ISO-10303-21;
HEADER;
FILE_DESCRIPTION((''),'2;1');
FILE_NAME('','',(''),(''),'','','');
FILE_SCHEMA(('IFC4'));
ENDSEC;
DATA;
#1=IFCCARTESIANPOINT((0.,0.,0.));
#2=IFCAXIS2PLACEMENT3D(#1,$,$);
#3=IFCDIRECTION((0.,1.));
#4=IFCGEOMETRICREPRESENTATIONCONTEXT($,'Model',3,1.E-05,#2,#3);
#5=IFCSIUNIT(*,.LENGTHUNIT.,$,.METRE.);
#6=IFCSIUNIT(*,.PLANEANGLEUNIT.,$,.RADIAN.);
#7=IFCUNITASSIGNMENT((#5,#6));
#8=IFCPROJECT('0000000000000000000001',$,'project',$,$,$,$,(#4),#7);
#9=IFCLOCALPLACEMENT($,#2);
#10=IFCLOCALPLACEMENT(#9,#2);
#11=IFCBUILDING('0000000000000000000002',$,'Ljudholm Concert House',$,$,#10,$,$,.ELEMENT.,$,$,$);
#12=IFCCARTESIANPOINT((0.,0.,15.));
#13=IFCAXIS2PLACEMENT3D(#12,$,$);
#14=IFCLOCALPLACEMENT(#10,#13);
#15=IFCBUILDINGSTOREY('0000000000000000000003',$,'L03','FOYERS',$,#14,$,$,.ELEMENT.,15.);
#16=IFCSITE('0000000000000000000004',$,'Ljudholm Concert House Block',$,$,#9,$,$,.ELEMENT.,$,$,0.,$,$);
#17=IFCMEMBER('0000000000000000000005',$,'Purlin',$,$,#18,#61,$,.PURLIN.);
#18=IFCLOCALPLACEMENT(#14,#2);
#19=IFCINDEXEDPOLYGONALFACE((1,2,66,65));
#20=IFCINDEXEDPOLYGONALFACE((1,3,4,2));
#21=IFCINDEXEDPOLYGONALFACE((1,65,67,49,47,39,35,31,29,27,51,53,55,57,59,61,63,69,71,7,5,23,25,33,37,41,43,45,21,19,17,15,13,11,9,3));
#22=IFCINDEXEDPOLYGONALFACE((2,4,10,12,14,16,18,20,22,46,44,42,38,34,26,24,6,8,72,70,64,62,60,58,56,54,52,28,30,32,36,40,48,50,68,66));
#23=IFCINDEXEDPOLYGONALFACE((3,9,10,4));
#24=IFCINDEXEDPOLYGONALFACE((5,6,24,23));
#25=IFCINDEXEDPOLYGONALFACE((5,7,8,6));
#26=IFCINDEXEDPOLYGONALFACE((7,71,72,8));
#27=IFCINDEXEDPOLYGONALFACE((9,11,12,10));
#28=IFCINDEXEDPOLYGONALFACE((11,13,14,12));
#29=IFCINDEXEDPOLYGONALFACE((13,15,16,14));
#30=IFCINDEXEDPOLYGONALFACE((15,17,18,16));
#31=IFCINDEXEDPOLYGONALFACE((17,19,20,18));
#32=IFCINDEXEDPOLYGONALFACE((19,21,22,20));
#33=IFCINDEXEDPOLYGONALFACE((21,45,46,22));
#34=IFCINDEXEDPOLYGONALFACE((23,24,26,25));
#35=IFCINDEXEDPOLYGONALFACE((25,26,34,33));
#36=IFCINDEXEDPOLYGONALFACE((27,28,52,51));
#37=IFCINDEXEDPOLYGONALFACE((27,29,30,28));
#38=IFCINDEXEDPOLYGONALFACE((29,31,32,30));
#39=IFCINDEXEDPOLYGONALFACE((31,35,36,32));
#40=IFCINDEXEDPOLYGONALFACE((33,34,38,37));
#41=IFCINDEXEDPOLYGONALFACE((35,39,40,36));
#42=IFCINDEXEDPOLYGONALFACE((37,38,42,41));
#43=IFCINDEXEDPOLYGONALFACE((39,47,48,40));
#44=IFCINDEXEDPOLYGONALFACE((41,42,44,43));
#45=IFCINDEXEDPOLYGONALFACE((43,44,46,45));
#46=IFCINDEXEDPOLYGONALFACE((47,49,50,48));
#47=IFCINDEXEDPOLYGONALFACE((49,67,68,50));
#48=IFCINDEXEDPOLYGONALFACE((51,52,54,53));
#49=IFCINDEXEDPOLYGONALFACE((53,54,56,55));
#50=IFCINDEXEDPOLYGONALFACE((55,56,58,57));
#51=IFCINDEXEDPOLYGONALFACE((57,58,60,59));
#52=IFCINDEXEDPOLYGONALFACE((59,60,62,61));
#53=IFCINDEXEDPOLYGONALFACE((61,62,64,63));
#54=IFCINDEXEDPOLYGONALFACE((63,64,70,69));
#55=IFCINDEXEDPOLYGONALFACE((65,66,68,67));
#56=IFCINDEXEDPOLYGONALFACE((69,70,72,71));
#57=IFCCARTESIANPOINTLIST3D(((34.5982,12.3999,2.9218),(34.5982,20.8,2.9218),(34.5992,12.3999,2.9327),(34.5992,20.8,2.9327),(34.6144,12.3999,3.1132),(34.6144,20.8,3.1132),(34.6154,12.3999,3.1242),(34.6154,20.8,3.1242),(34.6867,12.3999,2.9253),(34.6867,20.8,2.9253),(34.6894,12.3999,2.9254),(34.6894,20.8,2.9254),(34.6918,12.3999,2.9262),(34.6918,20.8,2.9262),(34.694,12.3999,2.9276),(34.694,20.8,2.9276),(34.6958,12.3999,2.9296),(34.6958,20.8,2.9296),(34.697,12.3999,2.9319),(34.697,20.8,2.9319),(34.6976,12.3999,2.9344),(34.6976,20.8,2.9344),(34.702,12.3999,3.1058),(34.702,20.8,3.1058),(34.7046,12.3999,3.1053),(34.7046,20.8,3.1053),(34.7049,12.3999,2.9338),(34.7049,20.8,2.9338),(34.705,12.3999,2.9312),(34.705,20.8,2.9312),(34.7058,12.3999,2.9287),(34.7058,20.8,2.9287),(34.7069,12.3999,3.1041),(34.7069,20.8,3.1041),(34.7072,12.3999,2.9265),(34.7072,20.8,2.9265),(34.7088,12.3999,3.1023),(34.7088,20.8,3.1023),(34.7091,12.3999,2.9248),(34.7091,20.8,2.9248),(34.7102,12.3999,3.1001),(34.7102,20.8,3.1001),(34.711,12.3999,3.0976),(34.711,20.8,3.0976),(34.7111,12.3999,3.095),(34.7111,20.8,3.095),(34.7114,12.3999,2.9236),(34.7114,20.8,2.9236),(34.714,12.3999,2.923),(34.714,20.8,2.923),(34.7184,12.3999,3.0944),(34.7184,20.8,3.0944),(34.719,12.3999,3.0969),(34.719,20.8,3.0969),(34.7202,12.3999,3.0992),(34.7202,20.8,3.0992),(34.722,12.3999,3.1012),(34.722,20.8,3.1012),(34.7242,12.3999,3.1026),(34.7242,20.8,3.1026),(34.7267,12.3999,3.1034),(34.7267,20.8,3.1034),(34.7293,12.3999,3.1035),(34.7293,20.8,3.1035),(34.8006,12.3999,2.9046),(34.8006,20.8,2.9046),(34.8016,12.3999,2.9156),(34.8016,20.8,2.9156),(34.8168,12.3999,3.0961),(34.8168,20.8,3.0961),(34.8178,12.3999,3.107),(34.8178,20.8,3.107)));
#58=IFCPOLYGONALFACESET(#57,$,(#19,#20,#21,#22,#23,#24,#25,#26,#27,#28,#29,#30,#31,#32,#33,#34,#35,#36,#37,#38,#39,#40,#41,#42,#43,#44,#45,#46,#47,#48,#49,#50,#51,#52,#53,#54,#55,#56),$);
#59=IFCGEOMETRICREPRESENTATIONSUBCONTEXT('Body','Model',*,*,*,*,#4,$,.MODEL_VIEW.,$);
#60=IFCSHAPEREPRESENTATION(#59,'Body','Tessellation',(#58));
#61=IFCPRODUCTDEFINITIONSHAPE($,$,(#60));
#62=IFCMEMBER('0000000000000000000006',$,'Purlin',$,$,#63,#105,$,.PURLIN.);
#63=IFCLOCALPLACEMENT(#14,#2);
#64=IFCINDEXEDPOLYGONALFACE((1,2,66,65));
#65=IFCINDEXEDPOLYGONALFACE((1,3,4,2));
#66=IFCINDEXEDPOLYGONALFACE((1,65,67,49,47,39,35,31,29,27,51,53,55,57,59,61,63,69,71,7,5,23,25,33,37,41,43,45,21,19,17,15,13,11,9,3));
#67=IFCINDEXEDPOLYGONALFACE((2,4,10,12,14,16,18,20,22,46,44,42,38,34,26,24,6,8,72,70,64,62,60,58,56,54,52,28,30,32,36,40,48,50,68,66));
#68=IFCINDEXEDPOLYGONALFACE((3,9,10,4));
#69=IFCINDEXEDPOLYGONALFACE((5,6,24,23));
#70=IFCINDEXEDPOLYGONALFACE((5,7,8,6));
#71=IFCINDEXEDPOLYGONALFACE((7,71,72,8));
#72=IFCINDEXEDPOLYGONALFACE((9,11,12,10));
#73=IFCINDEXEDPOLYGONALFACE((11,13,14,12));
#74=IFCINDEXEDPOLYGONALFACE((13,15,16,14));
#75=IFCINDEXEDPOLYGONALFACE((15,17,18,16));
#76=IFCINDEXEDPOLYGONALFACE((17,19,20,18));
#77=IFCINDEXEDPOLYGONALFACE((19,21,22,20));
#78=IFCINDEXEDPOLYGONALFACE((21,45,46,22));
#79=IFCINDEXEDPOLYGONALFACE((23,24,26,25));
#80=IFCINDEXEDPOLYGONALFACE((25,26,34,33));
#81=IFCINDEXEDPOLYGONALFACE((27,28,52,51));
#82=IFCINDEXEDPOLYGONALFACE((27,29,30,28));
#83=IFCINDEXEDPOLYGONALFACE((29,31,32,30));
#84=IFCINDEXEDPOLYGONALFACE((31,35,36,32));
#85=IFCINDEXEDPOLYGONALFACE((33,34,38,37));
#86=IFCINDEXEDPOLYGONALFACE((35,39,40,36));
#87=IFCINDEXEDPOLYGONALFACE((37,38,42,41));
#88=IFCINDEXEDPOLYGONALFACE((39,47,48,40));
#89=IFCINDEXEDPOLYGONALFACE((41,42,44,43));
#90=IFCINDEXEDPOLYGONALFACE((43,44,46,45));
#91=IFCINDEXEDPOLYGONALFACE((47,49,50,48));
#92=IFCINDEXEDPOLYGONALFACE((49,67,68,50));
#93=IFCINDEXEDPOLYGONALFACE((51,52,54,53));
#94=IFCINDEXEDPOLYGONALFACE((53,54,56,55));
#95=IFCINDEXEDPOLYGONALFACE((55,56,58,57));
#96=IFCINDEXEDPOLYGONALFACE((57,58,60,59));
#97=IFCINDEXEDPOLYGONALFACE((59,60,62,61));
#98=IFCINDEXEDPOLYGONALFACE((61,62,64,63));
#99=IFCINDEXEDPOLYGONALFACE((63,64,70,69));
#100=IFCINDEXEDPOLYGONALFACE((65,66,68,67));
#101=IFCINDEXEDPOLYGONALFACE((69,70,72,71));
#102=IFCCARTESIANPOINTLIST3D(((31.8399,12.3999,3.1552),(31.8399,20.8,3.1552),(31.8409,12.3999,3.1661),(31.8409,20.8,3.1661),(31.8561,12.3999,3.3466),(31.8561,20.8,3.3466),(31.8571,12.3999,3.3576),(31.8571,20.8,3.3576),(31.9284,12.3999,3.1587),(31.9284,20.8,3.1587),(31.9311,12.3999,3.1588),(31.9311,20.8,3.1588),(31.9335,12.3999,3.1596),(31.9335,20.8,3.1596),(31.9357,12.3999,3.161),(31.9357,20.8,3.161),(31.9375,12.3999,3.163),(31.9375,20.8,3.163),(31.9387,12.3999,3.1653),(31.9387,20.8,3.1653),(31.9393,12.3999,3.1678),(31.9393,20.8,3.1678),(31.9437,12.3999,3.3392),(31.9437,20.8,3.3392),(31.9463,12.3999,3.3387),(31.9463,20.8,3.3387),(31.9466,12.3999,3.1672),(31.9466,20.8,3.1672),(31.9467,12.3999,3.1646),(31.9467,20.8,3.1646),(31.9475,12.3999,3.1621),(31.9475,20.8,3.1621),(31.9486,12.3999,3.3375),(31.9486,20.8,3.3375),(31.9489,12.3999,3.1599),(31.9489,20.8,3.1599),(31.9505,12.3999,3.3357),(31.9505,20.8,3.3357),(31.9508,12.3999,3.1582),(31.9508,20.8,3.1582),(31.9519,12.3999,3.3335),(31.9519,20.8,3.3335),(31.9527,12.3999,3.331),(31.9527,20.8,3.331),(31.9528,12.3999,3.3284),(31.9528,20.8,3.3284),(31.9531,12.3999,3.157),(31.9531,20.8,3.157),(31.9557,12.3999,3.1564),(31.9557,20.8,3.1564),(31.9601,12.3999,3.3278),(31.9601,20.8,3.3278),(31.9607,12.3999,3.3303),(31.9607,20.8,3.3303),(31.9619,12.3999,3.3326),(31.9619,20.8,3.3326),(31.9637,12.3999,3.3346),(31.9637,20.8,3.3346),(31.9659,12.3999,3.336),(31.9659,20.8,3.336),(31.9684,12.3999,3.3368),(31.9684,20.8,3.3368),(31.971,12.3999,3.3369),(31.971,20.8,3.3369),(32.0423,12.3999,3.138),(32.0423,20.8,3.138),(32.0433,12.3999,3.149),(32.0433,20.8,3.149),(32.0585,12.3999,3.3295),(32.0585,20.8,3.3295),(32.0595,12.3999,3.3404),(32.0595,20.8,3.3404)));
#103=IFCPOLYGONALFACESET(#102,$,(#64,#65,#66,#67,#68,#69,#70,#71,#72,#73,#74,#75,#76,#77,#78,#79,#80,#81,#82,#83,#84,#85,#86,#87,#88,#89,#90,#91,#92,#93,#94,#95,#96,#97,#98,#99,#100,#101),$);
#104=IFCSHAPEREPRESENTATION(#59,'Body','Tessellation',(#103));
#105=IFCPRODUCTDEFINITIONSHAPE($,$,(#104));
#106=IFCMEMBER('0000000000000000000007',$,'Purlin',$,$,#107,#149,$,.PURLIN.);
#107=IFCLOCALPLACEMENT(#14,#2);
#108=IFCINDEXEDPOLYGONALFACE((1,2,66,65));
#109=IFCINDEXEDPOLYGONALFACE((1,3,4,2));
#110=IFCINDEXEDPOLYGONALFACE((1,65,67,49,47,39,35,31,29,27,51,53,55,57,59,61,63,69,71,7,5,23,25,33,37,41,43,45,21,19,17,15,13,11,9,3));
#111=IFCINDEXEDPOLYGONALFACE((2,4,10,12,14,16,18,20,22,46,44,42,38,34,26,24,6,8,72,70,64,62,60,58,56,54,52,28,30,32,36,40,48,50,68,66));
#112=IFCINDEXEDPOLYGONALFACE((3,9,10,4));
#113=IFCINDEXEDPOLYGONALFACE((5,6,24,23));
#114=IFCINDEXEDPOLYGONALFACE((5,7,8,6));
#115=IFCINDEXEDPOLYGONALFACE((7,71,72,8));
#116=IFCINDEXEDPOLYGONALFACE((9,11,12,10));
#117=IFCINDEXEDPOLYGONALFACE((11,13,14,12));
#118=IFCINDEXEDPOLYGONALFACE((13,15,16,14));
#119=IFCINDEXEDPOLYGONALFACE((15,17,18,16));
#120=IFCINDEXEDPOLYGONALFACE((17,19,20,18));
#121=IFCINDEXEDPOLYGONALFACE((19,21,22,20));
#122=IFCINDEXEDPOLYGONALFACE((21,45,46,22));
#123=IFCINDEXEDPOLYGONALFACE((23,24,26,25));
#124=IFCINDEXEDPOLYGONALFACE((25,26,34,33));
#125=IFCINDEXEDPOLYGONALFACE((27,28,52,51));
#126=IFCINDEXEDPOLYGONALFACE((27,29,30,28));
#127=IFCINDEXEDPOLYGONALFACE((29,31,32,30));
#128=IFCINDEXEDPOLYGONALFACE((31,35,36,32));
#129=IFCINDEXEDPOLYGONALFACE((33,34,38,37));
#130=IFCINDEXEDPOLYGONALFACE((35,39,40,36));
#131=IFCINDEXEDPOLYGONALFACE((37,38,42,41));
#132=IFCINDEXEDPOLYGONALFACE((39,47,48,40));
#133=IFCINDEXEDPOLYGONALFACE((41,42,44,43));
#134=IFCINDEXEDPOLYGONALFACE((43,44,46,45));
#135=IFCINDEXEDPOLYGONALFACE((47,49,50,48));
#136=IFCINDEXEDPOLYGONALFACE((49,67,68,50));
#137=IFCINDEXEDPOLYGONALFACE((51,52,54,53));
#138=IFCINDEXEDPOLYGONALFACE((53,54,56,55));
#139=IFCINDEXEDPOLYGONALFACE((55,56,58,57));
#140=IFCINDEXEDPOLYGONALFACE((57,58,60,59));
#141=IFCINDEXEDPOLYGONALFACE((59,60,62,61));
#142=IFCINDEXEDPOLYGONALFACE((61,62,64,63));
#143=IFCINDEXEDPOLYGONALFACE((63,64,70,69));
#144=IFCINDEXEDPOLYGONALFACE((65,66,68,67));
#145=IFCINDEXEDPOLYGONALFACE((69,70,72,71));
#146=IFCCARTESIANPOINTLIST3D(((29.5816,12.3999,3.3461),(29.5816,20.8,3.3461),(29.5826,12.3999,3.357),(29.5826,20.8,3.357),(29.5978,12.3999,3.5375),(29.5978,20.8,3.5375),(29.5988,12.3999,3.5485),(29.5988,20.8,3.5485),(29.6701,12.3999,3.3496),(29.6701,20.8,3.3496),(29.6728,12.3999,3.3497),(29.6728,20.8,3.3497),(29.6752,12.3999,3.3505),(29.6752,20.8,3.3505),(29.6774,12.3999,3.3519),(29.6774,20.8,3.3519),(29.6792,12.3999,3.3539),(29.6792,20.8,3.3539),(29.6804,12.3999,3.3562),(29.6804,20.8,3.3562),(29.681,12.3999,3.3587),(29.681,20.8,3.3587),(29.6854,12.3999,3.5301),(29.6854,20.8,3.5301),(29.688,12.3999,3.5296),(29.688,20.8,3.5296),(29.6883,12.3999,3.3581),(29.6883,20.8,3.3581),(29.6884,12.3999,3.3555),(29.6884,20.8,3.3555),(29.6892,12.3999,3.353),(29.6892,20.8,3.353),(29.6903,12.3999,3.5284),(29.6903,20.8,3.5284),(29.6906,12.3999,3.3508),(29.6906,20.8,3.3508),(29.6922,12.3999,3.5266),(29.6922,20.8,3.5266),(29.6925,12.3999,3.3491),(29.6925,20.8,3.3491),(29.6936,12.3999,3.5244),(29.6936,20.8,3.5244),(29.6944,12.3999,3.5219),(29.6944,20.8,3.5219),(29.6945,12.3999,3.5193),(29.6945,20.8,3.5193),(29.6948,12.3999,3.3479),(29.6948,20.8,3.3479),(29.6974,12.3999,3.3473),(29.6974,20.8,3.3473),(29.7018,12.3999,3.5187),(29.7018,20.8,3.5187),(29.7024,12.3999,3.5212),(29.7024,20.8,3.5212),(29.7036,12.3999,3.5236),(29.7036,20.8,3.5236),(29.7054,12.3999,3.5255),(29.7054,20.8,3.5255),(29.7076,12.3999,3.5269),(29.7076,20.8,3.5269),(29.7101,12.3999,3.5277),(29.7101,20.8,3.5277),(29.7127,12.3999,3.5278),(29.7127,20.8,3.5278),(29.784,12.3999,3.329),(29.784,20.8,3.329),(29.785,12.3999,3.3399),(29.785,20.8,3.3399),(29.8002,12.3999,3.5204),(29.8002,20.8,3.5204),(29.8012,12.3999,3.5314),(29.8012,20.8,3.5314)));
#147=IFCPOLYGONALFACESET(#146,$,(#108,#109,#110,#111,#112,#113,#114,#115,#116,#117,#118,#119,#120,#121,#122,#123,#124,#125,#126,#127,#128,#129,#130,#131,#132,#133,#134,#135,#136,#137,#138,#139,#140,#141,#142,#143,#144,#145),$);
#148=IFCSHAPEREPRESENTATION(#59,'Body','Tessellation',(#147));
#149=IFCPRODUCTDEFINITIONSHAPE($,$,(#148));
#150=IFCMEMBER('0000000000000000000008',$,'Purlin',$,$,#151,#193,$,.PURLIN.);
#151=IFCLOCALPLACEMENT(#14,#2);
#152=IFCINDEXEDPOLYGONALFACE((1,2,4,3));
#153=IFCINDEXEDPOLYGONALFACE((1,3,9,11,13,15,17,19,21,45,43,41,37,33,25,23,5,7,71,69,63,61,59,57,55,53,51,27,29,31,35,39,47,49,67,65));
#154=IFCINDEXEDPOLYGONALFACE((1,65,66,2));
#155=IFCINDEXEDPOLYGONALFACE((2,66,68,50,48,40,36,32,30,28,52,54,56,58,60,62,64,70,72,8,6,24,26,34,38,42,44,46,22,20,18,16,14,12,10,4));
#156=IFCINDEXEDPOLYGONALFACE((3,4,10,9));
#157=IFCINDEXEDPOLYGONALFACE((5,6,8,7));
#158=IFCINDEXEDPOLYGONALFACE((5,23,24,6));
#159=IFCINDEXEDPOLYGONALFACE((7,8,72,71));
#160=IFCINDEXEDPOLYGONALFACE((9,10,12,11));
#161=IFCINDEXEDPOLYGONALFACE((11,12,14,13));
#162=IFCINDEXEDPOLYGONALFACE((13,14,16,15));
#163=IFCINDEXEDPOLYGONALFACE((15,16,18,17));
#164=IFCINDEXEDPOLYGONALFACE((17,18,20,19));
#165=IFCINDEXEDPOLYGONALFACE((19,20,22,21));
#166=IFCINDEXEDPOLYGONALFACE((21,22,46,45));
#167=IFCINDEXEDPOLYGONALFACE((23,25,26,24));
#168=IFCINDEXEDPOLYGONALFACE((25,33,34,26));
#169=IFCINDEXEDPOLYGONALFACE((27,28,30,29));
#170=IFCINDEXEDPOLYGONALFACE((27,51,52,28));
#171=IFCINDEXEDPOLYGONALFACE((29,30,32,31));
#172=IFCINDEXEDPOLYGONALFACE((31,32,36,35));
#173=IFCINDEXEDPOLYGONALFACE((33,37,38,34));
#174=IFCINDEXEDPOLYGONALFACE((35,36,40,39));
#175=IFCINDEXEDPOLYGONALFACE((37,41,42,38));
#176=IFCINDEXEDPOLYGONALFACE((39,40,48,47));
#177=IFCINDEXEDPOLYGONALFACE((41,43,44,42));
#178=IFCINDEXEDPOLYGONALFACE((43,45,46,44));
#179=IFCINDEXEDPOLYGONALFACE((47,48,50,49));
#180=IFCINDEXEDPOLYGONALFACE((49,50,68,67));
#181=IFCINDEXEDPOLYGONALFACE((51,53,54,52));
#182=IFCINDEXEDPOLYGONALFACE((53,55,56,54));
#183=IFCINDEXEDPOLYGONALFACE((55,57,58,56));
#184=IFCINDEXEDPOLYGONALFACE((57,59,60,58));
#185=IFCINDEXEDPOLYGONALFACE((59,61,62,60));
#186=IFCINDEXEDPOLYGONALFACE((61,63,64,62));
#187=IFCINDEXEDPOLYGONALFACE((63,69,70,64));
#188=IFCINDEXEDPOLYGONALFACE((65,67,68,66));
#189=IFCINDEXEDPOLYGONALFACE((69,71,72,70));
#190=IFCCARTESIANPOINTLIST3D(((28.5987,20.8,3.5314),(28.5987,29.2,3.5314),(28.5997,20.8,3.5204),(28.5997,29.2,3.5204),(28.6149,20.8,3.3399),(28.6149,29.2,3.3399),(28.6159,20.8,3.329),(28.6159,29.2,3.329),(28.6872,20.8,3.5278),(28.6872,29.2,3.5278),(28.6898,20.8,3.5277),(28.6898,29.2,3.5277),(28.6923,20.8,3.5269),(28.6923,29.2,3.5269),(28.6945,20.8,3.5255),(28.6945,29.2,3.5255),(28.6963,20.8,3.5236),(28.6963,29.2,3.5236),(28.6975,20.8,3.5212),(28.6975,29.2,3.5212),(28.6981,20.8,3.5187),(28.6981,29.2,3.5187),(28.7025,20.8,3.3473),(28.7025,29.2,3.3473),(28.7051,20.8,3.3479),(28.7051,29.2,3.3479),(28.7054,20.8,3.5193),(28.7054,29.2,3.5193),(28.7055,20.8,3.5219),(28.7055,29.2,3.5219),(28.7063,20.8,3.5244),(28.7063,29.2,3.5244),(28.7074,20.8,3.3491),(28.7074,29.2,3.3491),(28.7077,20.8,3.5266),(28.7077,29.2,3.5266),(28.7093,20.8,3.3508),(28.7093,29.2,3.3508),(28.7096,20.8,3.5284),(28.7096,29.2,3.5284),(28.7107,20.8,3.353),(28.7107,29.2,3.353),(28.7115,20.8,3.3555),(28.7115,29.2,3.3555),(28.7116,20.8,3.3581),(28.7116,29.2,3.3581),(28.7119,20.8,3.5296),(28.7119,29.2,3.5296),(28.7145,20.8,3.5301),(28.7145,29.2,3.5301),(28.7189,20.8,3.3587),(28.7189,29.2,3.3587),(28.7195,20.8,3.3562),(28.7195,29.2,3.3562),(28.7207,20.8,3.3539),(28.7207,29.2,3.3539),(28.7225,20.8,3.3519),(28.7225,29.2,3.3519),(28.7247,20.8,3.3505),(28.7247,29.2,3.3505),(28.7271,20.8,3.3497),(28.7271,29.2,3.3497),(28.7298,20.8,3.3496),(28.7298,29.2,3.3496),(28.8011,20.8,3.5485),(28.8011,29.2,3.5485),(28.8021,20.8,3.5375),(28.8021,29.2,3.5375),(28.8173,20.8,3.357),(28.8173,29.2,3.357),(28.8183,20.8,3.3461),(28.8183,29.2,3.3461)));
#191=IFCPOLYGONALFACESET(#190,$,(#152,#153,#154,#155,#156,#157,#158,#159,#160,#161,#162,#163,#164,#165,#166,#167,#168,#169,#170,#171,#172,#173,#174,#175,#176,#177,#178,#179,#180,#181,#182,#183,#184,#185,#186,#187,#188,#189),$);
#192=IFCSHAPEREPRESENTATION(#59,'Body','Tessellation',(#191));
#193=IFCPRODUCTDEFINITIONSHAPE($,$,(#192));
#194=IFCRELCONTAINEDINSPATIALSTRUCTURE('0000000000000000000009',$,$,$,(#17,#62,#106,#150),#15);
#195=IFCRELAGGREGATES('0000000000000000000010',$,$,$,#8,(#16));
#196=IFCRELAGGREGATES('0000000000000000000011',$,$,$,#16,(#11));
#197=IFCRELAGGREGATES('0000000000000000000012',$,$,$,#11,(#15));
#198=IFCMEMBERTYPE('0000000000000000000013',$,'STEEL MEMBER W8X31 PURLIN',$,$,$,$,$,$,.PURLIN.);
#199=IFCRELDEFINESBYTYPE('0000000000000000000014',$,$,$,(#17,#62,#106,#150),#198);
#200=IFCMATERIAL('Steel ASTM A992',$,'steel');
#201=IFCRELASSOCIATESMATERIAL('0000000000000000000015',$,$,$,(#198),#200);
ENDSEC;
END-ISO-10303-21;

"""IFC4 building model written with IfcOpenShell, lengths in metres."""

from ifc_helpers import new_model, si_unit, direction, frame, origin, origin_2d, place, context, subcontext, project, spatial, i_section, extrude, material, material_profile, profile_set, type_object, element, save


model = new_model("IFC4")

# Units and contexts
model_context = context("Model", 3, precision=1e-05, world=origin(), true_north=direction((0.0, 1.0)))
body_context = subcontext(model_context, "Body", "Model", "MODEL_VIEW")
ifc_project = project(units=[si_unit("LENGTHUNIT", "METRE"), si_unit("PLANEANGLEUNIT", "RADIAN")], contexts=[model_context])

# Site, building, storey
site_placement = place(None, origin())
site = spatial("IfcSite", under=ifc_project, at=site_placement, Name="Ljudholm Concert House Block", CompositionType="ELEMENT", RefElevation=0.0)
building_placement = place(site_placement, origin())
building = spatial("IfcBuilding", under=site, at=building_placement, Name="Ljudholm Concert House", CompositionType="ELEMENT")
storey_placement = place(building_placement, frame((0.0, 0.0, 15.0)))
storey = spatial("IfcBuildingStorey", under=building, at=storey_placement, Name="L03", Description="FOYERS", CompositionType="ELEMENT", Elevation=15.0)

# Members
ifc_material_1 = material(Name="Steel ASTM A992", Category="steel")
ifc_material_profile_1 = material_profile(ifc_material_1, i_section(OverallWidth=0.2031, OverallDepth=0.2031, WebThickness=0.0073, FlangeThickness=0.011, FilletRadius=0.01, at=origin_2d()), Name="W8X31")
ifc_profile_set_1 = profile_set([ifc_material_profile_1], Name="Steel ASTM A992")
member_type_1 = type_object("IfcMemberType", Name="STEEL MEMBER W8X31 PURLIN", PredefinedType="PURLIN", material=ifc_profile_set_1)
for number, where, z_axis, x_axis, name in (
    (1, (34.708, 12.3999, 3.0144), (0.0, 1.0, 0.0), (-0.996441, 0.0, 0.084291), "Purlin"),
    (2, (31.9497, 12.3999, 3.2478), (0.0, 1.0, 0.0), (-0.996441, 0.0, 0.084291), "Purlin"),
    (3, (29.6914, 12.3999, 3.4387), (0.0, 1.0, 0.0), (-0.996441, 0.0, 0.084291), "Purlin"),
):
    element("IfcMember", number, at=place(storey_placement, frame(where, z_axis=z_axis, x_axis=x_axis)), inside=storey, type_object=member_type_1, Name=name, PredefinedType="PURLIN", context=body_context, shape_type="SweptSolid", body=[
        extrude(i_section(OverallWidth=0.2031, OverallDepth=0.2031, WebThickness=0.0073, FlangeThickness=0.011, FilletRadius=0.01, at=origin_2d()), origin(), (0.0, 0.0, 1.0), 8.4001),
    ])
for number, where, z_axis, x_axis, name in (
    (4, (28.7085, 20.8, 3.4387), (0.0, 1.0, 0.0), (-0.996441, 0.0, -0.084291), "Purlin"),
):
    element("IfcMember", number, at=place(storey_placement, frame(where, z_axis=z_axis, x_axis=x_axis)), inside=storey, type_object=member_type_1, Name=name, PredefinedType="PURLIN", context=body_context, shape_type="SweptSolid", body=[
        extrude(i_section(OverallWidth=0.2031, OverallDepth=0.2031, WebThickness=0.0073, FlangeThickness=0.011, FilletRadius=0.01, at=origin_2d()), origin(), (0.0, 0.0, 1.0), 8.3999),
    ])

save(model, "model.ifc")
